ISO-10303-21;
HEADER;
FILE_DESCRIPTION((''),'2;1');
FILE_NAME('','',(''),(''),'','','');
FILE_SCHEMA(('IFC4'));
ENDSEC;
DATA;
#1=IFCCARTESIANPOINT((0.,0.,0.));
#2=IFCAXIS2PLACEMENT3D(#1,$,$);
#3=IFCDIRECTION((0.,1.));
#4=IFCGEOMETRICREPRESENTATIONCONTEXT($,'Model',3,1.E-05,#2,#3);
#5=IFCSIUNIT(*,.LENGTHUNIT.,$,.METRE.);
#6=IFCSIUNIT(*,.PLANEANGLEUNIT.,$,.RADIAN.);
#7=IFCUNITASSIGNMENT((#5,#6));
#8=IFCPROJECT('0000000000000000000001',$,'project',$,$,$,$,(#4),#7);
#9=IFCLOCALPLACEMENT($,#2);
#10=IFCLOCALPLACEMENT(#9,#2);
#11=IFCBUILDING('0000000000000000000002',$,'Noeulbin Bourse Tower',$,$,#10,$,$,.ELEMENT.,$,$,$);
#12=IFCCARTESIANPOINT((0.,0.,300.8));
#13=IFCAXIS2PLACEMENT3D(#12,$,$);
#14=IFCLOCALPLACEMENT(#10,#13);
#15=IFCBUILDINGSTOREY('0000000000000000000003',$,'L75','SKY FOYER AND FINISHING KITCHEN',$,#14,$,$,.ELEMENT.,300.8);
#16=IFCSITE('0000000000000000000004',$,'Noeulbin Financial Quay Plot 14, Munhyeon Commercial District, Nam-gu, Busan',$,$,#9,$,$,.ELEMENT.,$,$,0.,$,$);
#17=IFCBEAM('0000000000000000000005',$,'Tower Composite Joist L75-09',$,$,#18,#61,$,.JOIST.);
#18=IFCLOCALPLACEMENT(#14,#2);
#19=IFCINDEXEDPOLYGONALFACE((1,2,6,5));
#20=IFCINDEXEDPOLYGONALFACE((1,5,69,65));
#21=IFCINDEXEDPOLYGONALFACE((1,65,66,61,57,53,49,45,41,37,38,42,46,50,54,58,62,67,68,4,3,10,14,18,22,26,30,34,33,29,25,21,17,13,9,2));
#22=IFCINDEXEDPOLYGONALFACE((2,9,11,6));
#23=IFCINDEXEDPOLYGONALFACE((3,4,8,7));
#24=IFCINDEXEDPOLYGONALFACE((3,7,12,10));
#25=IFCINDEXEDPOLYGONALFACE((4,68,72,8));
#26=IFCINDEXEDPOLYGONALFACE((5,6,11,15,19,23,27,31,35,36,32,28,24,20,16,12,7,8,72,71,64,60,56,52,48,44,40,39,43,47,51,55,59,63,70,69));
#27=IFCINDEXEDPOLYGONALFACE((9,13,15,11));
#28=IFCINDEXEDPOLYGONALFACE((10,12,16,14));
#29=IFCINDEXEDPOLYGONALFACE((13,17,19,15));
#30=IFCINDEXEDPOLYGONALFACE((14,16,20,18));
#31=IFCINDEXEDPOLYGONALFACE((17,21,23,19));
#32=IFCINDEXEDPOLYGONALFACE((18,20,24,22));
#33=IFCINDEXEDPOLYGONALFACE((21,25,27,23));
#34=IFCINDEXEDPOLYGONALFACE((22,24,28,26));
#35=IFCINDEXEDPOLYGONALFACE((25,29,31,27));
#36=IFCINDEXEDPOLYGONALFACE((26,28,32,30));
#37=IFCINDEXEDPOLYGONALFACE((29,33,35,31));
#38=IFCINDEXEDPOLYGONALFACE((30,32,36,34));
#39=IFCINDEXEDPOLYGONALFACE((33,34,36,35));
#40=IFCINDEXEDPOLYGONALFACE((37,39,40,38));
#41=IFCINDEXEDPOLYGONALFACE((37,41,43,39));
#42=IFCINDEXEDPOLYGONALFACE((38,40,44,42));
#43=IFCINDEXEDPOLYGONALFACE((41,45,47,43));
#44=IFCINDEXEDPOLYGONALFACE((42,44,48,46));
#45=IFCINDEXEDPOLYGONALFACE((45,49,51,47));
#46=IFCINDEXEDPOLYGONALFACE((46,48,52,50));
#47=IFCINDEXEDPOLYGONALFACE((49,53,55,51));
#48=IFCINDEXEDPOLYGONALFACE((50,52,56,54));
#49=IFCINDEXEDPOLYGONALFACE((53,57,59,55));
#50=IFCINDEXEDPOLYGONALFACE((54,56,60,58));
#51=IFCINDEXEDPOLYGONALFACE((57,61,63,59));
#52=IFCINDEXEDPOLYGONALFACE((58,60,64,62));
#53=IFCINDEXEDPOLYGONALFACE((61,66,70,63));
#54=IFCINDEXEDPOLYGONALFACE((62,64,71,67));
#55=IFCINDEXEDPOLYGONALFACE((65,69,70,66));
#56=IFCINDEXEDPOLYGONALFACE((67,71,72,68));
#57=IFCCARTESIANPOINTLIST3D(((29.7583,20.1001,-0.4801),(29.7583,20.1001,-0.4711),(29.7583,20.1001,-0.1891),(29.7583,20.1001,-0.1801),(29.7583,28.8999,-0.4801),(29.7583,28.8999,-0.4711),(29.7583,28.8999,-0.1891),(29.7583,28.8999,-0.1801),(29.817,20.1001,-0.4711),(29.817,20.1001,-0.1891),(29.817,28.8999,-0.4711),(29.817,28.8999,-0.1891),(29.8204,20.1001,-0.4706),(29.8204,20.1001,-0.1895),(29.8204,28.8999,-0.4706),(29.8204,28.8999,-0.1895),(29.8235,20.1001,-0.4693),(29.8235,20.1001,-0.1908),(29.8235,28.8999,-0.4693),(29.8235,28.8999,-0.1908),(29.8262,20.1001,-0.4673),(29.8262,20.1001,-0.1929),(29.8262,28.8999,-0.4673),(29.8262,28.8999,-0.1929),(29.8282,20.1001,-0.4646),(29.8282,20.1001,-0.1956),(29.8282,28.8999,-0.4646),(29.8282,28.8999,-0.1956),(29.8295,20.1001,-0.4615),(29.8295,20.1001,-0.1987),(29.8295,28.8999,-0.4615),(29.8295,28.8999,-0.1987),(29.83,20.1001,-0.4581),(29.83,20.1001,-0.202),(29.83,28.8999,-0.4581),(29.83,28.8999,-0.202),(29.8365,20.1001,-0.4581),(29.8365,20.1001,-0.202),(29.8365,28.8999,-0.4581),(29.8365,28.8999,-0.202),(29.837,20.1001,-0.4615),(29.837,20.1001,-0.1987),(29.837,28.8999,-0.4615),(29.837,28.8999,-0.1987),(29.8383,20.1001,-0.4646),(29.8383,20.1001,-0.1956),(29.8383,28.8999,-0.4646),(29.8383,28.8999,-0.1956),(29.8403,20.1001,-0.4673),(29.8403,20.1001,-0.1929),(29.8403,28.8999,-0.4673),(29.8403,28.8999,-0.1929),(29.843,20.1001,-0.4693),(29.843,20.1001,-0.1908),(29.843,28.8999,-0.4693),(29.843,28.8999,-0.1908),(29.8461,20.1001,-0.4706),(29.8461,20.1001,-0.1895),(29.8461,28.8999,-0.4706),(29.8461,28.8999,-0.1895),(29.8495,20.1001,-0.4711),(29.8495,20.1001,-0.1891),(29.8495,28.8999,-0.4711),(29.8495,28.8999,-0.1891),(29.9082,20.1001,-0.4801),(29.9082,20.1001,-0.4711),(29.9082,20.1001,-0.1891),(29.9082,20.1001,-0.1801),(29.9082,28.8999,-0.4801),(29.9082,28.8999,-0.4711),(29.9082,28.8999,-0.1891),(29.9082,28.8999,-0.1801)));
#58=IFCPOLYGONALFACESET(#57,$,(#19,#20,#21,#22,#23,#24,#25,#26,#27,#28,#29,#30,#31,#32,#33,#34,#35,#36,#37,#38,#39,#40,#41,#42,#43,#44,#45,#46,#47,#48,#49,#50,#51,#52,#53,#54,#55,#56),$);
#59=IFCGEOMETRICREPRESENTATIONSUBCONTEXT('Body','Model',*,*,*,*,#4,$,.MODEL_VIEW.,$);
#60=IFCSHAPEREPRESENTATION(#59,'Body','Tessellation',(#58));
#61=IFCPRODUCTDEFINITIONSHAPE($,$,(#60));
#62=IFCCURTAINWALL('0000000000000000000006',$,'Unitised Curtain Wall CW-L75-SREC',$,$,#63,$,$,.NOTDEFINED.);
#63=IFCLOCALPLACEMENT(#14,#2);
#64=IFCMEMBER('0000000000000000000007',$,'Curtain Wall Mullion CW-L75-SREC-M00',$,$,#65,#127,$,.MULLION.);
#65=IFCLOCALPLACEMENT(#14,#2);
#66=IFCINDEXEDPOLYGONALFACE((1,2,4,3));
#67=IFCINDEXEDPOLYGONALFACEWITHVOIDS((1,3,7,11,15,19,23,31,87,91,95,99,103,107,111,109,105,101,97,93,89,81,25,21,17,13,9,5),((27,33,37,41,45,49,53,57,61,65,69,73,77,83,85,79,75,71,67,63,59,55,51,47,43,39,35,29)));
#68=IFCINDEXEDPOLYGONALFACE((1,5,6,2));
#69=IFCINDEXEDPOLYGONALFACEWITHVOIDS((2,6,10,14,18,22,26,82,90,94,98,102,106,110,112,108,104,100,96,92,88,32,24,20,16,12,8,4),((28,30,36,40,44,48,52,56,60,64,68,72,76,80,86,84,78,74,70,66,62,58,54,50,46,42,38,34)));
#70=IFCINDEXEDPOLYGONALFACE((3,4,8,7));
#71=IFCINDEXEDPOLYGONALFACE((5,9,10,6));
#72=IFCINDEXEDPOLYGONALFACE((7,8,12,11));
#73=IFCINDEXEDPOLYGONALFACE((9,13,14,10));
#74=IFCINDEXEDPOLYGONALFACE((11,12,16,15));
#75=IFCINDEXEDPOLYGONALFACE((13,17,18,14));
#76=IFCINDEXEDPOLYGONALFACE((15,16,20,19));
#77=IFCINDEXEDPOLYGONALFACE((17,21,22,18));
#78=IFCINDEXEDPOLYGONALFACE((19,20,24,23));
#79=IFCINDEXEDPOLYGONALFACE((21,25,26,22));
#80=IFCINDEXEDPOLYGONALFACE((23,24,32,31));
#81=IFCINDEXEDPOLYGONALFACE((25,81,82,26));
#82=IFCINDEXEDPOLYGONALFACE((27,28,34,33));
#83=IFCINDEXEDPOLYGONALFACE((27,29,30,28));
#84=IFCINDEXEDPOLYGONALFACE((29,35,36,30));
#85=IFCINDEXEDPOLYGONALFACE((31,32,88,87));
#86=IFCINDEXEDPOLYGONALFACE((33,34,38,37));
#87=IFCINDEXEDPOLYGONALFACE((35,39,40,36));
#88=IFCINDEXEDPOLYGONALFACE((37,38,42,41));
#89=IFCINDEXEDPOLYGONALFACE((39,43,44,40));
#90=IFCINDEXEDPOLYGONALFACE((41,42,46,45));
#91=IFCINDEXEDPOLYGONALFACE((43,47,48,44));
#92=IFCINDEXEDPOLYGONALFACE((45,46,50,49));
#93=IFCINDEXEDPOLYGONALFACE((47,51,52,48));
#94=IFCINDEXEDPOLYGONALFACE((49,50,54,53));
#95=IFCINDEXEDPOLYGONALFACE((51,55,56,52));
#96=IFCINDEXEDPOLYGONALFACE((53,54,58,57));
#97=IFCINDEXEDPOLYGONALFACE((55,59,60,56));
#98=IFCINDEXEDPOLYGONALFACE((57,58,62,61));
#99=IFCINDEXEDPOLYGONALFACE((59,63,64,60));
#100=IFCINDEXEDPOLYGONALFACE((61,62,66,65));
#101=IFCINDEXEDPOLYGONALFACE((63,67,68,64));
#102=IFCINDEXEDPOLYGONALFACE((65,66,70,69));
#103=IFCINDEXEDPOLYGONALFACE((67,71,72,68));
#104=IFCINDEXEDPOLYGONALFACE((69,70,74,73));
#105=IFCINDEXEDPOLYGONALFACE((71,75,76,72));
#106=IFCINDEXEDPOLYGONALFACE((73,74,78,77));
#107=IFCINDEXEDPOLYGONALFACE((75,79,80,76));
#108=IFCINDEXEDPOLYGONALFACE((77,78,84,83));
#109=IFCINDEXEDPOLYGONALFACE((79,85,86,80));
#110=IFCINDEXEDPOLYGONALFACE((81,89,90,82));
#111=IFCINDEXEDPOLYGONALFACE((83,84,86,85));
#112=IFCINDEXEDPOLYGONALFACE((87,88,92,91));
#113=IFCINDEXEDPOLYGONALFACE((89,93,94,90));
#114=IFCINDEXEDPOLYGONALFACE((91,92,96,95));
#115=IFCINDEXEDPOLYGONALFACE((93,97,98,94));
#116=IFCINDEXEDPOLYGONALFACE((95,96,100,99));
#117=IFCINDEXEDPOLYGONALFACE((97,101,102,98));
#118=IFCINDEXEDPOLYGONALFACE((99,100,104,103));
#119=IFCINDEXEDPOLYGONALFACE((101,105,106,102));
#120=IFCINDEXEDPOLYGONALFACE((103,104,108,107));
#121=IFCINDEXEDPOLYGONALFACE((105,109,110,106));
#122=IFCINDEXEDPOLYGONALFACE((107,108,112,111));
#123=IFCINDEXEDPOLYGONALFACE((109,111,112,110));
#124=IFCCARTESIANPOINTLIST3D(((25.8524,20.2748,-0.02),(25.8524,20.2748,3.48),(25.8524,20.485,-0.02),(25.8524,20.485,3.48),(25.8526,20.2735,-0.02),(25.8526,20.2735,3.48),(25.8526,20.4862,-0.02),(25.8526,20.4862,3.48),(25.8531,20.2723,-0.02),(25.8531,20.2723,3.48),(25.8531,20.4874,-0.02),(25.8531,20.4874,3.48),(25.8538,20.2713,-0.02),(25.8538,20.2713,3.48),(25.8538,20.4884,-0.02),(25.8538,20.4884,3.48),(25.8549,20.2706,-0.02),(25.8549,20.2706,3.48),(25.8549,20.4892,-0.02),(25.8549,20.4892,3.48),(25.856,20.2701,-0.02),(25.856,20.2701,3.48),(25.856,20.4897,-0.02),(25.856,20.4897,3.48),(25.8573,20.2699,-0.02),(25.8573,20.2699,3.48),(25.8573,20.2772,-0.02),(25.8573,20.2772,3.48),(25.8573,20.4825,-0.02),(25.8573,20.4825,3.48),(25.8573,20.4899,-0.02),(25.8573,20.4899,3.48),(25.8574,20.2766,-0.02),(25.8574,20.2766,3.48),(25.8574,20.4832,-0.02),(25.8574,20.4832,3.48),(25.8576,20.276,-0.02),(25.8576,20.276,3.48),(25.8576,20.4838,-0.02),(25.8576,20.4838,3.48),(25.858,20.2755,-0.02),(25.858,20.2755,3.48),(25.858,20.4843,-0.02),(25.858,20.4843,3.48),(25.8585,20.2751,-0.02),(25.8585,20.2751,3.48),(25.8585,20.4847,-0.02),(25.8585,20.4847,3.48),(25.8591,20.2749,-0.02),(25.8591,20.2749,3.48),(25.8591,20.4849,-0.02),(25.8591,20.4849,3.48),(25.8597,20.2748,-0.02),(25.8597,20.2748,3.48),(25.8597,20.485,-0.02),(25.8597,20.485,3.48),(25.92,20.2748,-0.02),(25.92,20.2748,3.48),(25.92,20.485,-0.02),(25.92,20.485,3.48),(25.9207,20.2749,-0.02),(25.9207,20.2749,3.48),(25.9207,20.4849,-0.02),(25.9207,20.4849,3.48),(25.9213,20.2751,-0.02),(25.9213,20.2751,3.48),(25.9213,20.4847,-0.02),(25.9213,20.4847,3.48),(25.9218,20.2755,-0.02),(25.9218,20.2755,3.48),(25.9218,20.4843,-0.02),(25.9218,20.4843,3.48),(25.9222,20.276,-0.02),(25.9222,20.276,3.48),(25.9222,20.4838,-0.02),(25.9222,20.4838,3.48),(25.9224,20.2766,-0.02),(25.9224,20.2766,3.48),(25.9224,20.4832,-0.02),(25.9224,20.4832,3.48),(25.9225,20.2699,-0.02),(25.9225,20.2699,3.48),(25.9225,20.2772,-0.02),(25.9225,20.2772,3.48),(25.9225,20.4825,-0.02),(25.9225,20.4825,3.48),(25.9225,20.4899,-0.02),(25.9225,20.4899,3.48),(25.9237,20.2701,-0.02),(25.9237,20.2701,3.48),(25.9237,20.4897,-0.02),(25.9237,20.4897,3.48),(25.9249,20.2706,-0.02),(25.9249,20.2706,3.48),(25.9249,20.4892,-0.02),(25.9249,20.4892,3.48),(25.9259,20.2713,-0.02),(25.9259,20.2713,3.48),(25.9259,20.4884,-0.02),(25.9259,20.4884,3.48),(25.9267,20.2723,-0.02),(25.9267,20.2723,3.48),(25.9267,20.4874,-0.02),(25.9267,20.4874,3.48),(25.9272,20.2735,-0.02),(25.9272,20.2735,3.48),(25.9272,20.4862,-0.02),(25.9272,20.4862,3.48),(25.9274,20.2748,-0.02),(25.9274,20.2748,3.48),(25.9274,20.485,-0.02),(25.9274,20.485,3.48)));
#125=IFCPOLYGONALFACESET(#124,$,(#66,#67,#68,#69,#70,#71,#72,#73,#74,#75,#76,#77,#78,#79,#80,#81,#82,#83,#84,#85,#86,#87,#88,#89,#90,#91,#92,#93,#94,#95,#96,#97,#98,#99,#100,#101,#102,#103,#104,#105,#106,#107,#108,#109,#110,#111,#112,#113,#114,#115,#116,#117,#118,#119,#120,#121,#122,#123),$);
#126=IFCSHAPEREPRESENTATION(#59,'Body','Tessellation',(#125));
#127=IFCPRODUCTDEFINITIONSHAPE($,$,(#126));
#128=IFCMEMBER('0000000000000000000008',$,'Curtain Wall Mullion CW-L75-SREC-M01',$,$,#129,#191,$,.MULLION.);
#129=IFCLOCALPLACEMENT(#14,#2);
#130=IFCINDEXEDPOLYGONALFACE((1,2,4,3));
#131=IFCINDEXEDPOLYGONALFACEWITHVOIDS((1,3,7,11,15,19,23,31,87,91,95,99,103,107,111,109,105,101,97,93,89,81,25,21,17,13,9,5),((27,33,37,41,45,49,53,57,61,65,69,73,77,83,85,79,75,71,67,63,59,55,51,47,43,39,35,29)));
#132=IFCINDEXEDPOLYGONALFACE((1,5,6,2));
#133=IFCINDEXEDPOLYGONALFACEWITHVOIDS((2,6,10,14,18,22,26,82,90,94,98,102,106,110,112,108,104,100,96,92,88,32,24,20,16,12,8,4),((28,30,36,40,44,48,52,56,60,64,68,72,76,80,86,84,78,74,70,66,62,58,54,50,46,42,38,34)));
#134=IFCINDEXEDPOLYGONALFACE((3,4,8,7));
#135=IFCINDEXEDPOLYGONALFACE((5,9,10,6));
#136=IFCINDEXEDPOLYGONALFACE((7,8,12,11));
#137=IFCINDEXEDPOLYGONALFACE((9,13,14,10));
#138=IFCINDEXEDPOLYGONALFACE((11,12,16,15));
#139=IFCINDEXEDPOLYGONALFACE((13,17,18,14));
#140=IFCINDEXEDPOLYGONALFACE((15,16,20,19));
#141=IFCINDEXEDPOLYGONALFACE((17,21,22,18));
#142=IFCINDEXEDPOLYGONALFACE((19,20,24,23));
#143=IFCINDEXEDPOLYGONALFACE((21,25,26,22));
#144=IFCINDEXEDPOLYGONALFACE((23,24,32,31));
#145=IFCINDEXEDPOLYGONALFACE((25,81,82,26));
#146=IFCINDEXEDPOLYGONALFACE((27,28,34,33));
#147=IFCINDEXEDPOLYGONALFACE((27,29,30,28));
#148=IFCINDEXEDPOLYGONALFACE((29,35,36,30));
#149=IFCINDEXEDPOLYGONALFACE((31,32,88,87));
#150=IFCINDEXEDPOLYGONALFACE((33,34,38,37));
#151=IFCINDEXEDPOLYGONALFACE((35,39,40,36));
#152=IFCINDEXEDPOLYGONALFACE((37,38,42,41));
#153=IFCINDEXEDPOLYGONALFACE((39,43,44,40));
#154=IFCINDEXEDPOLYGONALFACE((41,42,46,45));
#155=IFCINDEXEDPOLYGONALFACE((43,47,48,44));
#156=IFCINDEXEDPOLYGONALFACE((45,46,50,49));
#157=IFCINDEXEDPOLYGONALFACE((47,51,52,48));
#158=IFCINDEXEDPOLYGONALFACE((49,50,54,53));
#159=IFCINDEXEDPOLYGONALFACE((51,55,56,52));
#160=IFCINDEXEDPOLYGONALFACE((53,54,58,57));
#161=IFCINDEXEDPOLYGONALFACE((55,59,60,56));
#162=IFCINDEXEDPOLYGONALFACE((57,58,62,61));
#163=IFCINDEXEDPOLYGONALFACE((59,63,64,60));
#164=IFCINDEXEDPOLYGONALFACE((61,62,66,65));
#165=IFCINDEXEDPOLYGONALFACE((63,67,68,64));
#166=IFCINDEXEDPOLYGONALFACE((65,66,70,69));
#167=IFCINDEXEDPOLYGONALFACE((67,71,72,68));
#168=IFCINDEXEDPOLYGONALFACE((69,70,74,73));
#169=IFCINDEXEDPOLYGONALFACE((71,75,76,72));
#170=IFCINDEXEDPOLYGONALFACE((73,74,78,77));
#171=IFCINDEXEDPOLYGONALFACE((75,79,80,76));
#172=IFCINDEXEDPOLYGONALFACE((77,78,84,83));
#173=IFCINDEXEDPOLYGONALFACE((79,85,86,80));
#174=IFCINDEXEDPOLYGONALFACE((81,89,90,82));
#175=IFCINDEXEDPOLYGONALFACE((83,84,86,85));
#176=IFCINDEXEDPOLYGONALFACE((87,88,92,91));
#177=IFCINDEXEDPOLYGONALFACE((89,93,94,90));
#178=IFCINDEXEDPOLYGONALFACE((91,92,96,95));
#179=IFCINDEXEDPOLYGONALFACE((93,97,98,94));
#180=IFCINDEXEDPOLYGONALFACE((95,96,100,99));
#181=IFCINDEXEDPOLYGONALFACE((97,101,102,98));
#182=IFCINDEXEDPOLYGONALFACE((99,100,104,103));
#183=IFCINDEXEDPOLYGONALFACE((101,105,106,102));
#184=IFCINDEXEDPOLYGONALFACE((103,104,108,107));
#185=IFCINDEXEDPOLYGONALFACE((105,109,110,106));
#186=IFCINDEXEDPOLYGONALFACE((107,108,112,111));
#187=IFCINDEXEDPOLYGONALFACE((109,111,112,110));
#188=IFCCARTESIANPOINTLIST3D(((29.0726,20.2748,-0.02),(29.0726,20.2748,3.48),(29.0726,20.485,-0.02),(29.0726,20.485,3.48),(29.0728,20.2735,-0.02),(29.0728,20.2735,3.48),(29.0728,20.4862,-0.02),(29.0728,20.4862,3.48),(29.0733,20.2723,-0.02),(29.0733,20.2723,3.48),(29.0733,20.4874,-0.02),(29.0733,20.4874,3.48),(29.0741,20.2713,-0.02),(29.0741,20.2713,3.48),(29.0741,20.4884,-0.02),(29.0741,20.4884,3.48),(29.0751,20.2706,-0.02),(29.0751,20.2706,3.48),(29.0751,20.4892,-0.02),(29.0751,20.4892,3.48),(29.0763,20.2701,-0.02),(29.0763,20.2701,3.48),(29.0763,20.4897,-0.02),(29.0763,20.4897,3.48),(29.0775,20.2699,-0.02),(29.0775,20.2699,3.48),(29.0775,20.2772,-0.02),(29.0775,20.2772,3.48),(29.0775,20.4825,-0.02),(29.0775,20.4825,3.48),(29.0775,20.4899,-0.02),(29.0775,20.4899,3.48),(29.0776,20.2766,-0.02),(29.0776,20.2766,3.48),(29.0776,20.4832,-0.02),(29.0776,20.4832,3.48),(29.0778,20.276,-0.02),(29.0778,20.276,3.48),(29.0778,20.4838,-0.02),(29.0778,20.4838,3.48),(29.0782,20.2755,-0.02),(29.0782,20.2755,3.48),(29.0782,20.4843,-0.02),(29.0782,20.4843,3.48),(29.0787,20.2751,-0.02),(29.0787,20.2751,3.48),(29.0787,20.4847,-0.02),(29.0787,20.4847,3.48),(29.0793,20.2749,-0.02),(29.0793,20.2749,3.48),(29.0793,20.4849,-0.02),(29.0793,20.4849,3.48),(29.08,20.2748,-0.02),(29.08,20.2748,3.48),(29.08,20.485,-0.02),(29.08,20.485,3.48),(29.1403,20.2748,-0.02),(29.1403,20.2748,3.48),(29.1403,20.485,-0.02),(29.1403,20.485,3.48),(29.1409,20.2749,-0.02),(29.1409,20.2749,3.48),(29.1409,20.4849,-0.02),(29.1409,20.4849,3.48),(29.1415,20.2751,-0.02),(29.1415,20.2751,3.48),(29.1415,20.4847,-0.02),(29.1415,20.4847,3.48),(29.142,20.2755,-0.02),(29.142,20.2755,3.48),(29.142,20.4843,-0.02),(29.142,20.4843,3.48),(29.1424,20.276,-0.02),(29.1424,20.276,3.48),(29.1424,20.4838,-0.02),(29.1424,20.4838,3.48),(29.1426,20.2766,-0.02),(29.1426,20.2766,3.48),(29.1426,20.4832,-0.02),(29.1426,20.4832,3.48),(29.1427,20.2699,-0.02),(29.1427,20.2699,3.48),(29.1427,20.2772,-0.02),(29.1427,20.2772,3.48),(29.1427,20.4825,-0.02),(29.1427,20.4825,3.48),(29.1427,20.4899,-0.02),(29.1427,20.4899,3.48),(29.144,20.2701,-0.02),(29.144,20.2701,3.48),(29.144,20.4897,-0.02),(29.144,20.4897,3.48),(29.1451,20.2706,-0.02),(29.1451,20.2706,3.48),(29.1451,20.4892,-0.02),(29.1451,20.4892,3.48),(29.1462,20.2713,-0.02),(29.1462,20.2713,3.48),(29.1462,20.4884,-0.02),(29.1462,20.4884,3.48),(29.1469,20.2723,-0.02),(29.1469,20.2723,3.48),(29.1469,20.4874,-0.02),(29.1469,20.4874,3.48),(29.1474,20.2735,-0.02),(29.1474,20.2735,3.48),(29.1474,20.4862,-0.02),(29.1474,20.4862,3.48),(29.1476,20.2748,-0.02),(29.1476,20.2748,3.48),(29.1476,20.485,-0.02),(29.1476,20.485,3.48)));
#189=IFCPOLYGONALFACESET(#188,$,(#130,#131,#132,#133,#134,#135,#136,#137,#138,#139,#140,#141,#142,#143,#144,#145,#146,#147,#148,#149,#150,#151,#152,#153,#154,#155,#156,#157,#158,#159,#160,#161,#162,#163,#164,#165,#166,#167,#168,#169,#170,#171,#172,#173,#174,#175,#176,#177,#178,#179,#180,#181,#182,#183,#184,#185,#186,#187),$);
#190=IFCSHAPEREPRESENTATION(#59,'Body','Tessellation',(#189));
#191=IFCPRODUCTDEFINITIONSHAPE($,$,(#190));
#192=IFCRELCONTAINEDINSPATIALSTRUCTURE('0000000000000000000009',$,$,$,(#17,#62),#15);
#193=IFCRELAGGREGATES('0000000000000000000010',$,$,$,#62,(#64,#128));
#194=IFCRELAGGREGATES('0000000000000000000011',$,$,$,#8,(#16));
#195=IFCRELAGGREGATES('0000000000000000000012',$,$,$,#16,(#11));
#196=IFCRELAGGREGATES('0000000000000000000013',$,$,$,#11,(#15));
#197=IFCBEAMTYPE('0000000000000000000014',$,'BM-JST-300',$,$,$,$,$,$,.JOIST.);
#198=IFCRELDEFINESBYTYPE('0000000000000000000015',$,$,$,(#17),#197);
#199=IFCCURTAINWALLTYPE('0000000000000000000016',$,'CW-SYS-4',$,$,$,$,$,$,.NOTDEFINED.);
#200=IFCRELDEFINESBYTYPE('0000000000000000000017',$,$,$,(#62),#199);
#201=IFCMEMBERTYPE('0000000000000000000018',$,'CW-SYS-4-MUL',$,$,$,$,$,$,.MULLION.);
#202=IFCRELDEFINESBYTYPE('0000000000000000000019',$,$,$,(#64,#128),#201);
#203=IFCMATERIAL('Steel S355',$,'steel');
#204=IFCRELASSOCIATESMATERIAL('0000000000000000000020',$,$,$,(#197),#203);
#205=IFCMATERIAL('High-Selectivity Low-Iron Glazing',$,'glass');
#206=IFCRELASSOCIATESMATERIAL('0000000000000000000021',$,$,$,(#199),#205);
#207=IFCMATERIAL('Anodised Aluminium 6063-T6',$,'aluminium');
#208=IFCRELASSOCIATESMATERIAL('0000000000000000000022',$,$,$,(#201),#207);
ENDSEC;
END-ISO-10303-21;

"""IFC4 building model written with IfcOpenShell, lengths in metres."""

from ifc_helpers import new_model, si_unit, direction, frame, origin, origin_2d, place, context, subcontext, project, spatial, hollow_rectangle, i_section, extrude, material, material_profile, profile_set, type_object, element, aggregate, save


model = new_model("IFC4")

# Units and contexts
model_context = context("Model", 3, precision=1e-05, world=origin(), true_north=direction((0.0, 1.0)))
body_context = subcontext(model_context, "Body", "Model", "MODEL_VIEW")
ifc_project = project(units=[si_unit("LENGTHUNIT", "METRE"), si_unit("PLANEANGLEUNIT", "RADIAN")], contexts=[model_context])

# Site, building, storey
site_placement = place(None, origin())
site = spatial("IfcSite", under=ifc_project, at=site_placement, Name="Noeulbin Financial Quay Plot 14, Munhyeon Commercial District, Nam-gu, Busan", CompositionType="ELEMENT", RefElevation=0.0)
building_placement = place(site_placement, origin())
building = spatial("IfcBuilding", under=site, at=building_placement, Name="Noeulbin Bourse Tower", CompositionType="ELEMENT")
storey_placement = place(building_placement, frame((0.0, 0.0, 300.8)))
storey = spatial("IfcBuildingStorey", under=building, at=storey_placement, Name="L75", Description="SKY FOYER AND FINISHING KITCHEN", CompositionType="ELEMENT", Elevation=300.8)

# Shared definitions
ifc_material_1 = material(Name="Steel S355", Category="steel")

# Beam
ifc_material_profile_1 = material_profile(ifc_material_1, i_section(OverallWidth=0.1499, OverallDepth=0.3, WebThickness=0.0066, FlangeThickness=0.009, FilletRadius=0.0129, at=origin_2d()), Name="H-300x150x6.5x9", Category="LoadBearing")
ifc_profile_set_1 = profile_set([ifc_material_profile_1], Name="Steel S355")
beam_type_1 = type_object("IfcBeamType", Name="BM-JST-300", PredefinedType="JOIST", material=ifc_profile_set_1)
for number, where, z_axis, x_axis, name in (
    (1, (29.8333, 20.1001, -0.3301), (0.0, 1.0, 0.0), (-1.0, 0.0, 0.0), "Tower Composite Joist L75-09"),
):
    element("IfcBeam", number, at=place(storey_placement, frame(where, z_axis=z_axis, x_axis=x_axis)), inside=storey, type_object=beam_type_1, Name=name, PredefinedType="JOIST", context=body_context, shape_type="SweptSolid", body=[
        extrude(i_section(OverallWidth=0.1499, OverallDepth=0.3, WebThickness=0.0066, FlangeThickness=0.009, FilletRadius=0.0129, at=origin_2d()), origin(), (0.0, 0.0, 1.0), 8.7998),
    ])

# Curtain wall, members
ifc_material_2 = material(Name="High-Selectivity Low-Iron Glazing", Category="glass")
curtain_wall_type = type_object("IfcCurtainWallType", Name="CW-SYS-4", PredefinedType="NOTDEFINED", material=ifc_material_2)
curtain_wall_1_placement = place(storey_placement, origin())
curtain_wall_1 = element("IfcCurtainWall", 2, at=curtain_wall_1_placement, inside=storey, type_object=curtain_wall_type, Name="Unitised Curtain Wall CW-L75-SREC", PredefinedType="NOTDEFINED")
ifc_material_3 = material(Name="Anodised Aluminium 6063-T6", Category="aluminium")
ifc_material_profile_2 = material_profile(ifc_material_3, hollow_rectangle(XDim=0.075, YDim=0.22, WallThickness=0.0049, InnerFilletRadius=0.0024, OuterFilletRadius=0.0049, at=origin_2d()), Name="ALU-MULL-75x220x5", Category="LoadBearing")
ifc_profile_set_2 = profile_set([ifc_material_profile_2], Name="Anodised Aluminium 6063-T6")
member_type_1 = type_object("IfcMemberType", Name="CW-SYS-4-MUL", PredefinedType="MULLION", material=ifc_profile_set_2)
member_1_placement = place(storey_placement, frame((25.8899, 20.3799, -0.02), z_axis=(0.0, 0.0, 1.0), x_axis=(1.0, 0.0, 0.0)))
member_1 = element("IfcMember", 3, at=member_1_placement, type_object=member_type_1, Name="Curtain Wall Mullion CW-L75-SREC-M00", PredefinedType="MULLION", context=body_context, shape_type="SweptSolid", body=[
    extrude(hollow_rectangle(XDim=0.075, YDim=0.22, WallThickness=0.0049, InnerFilletRadius=0.0024, OuterFilletRadius=0.0049, at=origin_2d()), origin(), (0.0, 0.0, 1.0), 3.5),
])
member_2_placement = place(storey_placement, frame((29.1101, 20.3799, -0.02), z_axis=(0.0, 0.0, 1.0), x_axis=(1.0, 0.0, 0.0)))
member_2 = element("IfcMember", 4, at=member_2_placement, type_object=member_type_1, Name="Curtain Wall Mullion CW-L75-SREC-M01", PredefinedType="MULLION", context=body_context, shape_type="SweptSolid", body=[
    extrude(hollow_rectangle(XDim=0.075, YDim=0.22, WallThickness=0.0049, InnerFilletRadius=0.0024, OuterFilletRadius=0.0049, at=origin_2d()), origin(), (0.0, 0.0, 1.0), 3.5),
])

aggregate(curtain_wall_1, [member_1, member_2])

save(model, "model.ifc")
